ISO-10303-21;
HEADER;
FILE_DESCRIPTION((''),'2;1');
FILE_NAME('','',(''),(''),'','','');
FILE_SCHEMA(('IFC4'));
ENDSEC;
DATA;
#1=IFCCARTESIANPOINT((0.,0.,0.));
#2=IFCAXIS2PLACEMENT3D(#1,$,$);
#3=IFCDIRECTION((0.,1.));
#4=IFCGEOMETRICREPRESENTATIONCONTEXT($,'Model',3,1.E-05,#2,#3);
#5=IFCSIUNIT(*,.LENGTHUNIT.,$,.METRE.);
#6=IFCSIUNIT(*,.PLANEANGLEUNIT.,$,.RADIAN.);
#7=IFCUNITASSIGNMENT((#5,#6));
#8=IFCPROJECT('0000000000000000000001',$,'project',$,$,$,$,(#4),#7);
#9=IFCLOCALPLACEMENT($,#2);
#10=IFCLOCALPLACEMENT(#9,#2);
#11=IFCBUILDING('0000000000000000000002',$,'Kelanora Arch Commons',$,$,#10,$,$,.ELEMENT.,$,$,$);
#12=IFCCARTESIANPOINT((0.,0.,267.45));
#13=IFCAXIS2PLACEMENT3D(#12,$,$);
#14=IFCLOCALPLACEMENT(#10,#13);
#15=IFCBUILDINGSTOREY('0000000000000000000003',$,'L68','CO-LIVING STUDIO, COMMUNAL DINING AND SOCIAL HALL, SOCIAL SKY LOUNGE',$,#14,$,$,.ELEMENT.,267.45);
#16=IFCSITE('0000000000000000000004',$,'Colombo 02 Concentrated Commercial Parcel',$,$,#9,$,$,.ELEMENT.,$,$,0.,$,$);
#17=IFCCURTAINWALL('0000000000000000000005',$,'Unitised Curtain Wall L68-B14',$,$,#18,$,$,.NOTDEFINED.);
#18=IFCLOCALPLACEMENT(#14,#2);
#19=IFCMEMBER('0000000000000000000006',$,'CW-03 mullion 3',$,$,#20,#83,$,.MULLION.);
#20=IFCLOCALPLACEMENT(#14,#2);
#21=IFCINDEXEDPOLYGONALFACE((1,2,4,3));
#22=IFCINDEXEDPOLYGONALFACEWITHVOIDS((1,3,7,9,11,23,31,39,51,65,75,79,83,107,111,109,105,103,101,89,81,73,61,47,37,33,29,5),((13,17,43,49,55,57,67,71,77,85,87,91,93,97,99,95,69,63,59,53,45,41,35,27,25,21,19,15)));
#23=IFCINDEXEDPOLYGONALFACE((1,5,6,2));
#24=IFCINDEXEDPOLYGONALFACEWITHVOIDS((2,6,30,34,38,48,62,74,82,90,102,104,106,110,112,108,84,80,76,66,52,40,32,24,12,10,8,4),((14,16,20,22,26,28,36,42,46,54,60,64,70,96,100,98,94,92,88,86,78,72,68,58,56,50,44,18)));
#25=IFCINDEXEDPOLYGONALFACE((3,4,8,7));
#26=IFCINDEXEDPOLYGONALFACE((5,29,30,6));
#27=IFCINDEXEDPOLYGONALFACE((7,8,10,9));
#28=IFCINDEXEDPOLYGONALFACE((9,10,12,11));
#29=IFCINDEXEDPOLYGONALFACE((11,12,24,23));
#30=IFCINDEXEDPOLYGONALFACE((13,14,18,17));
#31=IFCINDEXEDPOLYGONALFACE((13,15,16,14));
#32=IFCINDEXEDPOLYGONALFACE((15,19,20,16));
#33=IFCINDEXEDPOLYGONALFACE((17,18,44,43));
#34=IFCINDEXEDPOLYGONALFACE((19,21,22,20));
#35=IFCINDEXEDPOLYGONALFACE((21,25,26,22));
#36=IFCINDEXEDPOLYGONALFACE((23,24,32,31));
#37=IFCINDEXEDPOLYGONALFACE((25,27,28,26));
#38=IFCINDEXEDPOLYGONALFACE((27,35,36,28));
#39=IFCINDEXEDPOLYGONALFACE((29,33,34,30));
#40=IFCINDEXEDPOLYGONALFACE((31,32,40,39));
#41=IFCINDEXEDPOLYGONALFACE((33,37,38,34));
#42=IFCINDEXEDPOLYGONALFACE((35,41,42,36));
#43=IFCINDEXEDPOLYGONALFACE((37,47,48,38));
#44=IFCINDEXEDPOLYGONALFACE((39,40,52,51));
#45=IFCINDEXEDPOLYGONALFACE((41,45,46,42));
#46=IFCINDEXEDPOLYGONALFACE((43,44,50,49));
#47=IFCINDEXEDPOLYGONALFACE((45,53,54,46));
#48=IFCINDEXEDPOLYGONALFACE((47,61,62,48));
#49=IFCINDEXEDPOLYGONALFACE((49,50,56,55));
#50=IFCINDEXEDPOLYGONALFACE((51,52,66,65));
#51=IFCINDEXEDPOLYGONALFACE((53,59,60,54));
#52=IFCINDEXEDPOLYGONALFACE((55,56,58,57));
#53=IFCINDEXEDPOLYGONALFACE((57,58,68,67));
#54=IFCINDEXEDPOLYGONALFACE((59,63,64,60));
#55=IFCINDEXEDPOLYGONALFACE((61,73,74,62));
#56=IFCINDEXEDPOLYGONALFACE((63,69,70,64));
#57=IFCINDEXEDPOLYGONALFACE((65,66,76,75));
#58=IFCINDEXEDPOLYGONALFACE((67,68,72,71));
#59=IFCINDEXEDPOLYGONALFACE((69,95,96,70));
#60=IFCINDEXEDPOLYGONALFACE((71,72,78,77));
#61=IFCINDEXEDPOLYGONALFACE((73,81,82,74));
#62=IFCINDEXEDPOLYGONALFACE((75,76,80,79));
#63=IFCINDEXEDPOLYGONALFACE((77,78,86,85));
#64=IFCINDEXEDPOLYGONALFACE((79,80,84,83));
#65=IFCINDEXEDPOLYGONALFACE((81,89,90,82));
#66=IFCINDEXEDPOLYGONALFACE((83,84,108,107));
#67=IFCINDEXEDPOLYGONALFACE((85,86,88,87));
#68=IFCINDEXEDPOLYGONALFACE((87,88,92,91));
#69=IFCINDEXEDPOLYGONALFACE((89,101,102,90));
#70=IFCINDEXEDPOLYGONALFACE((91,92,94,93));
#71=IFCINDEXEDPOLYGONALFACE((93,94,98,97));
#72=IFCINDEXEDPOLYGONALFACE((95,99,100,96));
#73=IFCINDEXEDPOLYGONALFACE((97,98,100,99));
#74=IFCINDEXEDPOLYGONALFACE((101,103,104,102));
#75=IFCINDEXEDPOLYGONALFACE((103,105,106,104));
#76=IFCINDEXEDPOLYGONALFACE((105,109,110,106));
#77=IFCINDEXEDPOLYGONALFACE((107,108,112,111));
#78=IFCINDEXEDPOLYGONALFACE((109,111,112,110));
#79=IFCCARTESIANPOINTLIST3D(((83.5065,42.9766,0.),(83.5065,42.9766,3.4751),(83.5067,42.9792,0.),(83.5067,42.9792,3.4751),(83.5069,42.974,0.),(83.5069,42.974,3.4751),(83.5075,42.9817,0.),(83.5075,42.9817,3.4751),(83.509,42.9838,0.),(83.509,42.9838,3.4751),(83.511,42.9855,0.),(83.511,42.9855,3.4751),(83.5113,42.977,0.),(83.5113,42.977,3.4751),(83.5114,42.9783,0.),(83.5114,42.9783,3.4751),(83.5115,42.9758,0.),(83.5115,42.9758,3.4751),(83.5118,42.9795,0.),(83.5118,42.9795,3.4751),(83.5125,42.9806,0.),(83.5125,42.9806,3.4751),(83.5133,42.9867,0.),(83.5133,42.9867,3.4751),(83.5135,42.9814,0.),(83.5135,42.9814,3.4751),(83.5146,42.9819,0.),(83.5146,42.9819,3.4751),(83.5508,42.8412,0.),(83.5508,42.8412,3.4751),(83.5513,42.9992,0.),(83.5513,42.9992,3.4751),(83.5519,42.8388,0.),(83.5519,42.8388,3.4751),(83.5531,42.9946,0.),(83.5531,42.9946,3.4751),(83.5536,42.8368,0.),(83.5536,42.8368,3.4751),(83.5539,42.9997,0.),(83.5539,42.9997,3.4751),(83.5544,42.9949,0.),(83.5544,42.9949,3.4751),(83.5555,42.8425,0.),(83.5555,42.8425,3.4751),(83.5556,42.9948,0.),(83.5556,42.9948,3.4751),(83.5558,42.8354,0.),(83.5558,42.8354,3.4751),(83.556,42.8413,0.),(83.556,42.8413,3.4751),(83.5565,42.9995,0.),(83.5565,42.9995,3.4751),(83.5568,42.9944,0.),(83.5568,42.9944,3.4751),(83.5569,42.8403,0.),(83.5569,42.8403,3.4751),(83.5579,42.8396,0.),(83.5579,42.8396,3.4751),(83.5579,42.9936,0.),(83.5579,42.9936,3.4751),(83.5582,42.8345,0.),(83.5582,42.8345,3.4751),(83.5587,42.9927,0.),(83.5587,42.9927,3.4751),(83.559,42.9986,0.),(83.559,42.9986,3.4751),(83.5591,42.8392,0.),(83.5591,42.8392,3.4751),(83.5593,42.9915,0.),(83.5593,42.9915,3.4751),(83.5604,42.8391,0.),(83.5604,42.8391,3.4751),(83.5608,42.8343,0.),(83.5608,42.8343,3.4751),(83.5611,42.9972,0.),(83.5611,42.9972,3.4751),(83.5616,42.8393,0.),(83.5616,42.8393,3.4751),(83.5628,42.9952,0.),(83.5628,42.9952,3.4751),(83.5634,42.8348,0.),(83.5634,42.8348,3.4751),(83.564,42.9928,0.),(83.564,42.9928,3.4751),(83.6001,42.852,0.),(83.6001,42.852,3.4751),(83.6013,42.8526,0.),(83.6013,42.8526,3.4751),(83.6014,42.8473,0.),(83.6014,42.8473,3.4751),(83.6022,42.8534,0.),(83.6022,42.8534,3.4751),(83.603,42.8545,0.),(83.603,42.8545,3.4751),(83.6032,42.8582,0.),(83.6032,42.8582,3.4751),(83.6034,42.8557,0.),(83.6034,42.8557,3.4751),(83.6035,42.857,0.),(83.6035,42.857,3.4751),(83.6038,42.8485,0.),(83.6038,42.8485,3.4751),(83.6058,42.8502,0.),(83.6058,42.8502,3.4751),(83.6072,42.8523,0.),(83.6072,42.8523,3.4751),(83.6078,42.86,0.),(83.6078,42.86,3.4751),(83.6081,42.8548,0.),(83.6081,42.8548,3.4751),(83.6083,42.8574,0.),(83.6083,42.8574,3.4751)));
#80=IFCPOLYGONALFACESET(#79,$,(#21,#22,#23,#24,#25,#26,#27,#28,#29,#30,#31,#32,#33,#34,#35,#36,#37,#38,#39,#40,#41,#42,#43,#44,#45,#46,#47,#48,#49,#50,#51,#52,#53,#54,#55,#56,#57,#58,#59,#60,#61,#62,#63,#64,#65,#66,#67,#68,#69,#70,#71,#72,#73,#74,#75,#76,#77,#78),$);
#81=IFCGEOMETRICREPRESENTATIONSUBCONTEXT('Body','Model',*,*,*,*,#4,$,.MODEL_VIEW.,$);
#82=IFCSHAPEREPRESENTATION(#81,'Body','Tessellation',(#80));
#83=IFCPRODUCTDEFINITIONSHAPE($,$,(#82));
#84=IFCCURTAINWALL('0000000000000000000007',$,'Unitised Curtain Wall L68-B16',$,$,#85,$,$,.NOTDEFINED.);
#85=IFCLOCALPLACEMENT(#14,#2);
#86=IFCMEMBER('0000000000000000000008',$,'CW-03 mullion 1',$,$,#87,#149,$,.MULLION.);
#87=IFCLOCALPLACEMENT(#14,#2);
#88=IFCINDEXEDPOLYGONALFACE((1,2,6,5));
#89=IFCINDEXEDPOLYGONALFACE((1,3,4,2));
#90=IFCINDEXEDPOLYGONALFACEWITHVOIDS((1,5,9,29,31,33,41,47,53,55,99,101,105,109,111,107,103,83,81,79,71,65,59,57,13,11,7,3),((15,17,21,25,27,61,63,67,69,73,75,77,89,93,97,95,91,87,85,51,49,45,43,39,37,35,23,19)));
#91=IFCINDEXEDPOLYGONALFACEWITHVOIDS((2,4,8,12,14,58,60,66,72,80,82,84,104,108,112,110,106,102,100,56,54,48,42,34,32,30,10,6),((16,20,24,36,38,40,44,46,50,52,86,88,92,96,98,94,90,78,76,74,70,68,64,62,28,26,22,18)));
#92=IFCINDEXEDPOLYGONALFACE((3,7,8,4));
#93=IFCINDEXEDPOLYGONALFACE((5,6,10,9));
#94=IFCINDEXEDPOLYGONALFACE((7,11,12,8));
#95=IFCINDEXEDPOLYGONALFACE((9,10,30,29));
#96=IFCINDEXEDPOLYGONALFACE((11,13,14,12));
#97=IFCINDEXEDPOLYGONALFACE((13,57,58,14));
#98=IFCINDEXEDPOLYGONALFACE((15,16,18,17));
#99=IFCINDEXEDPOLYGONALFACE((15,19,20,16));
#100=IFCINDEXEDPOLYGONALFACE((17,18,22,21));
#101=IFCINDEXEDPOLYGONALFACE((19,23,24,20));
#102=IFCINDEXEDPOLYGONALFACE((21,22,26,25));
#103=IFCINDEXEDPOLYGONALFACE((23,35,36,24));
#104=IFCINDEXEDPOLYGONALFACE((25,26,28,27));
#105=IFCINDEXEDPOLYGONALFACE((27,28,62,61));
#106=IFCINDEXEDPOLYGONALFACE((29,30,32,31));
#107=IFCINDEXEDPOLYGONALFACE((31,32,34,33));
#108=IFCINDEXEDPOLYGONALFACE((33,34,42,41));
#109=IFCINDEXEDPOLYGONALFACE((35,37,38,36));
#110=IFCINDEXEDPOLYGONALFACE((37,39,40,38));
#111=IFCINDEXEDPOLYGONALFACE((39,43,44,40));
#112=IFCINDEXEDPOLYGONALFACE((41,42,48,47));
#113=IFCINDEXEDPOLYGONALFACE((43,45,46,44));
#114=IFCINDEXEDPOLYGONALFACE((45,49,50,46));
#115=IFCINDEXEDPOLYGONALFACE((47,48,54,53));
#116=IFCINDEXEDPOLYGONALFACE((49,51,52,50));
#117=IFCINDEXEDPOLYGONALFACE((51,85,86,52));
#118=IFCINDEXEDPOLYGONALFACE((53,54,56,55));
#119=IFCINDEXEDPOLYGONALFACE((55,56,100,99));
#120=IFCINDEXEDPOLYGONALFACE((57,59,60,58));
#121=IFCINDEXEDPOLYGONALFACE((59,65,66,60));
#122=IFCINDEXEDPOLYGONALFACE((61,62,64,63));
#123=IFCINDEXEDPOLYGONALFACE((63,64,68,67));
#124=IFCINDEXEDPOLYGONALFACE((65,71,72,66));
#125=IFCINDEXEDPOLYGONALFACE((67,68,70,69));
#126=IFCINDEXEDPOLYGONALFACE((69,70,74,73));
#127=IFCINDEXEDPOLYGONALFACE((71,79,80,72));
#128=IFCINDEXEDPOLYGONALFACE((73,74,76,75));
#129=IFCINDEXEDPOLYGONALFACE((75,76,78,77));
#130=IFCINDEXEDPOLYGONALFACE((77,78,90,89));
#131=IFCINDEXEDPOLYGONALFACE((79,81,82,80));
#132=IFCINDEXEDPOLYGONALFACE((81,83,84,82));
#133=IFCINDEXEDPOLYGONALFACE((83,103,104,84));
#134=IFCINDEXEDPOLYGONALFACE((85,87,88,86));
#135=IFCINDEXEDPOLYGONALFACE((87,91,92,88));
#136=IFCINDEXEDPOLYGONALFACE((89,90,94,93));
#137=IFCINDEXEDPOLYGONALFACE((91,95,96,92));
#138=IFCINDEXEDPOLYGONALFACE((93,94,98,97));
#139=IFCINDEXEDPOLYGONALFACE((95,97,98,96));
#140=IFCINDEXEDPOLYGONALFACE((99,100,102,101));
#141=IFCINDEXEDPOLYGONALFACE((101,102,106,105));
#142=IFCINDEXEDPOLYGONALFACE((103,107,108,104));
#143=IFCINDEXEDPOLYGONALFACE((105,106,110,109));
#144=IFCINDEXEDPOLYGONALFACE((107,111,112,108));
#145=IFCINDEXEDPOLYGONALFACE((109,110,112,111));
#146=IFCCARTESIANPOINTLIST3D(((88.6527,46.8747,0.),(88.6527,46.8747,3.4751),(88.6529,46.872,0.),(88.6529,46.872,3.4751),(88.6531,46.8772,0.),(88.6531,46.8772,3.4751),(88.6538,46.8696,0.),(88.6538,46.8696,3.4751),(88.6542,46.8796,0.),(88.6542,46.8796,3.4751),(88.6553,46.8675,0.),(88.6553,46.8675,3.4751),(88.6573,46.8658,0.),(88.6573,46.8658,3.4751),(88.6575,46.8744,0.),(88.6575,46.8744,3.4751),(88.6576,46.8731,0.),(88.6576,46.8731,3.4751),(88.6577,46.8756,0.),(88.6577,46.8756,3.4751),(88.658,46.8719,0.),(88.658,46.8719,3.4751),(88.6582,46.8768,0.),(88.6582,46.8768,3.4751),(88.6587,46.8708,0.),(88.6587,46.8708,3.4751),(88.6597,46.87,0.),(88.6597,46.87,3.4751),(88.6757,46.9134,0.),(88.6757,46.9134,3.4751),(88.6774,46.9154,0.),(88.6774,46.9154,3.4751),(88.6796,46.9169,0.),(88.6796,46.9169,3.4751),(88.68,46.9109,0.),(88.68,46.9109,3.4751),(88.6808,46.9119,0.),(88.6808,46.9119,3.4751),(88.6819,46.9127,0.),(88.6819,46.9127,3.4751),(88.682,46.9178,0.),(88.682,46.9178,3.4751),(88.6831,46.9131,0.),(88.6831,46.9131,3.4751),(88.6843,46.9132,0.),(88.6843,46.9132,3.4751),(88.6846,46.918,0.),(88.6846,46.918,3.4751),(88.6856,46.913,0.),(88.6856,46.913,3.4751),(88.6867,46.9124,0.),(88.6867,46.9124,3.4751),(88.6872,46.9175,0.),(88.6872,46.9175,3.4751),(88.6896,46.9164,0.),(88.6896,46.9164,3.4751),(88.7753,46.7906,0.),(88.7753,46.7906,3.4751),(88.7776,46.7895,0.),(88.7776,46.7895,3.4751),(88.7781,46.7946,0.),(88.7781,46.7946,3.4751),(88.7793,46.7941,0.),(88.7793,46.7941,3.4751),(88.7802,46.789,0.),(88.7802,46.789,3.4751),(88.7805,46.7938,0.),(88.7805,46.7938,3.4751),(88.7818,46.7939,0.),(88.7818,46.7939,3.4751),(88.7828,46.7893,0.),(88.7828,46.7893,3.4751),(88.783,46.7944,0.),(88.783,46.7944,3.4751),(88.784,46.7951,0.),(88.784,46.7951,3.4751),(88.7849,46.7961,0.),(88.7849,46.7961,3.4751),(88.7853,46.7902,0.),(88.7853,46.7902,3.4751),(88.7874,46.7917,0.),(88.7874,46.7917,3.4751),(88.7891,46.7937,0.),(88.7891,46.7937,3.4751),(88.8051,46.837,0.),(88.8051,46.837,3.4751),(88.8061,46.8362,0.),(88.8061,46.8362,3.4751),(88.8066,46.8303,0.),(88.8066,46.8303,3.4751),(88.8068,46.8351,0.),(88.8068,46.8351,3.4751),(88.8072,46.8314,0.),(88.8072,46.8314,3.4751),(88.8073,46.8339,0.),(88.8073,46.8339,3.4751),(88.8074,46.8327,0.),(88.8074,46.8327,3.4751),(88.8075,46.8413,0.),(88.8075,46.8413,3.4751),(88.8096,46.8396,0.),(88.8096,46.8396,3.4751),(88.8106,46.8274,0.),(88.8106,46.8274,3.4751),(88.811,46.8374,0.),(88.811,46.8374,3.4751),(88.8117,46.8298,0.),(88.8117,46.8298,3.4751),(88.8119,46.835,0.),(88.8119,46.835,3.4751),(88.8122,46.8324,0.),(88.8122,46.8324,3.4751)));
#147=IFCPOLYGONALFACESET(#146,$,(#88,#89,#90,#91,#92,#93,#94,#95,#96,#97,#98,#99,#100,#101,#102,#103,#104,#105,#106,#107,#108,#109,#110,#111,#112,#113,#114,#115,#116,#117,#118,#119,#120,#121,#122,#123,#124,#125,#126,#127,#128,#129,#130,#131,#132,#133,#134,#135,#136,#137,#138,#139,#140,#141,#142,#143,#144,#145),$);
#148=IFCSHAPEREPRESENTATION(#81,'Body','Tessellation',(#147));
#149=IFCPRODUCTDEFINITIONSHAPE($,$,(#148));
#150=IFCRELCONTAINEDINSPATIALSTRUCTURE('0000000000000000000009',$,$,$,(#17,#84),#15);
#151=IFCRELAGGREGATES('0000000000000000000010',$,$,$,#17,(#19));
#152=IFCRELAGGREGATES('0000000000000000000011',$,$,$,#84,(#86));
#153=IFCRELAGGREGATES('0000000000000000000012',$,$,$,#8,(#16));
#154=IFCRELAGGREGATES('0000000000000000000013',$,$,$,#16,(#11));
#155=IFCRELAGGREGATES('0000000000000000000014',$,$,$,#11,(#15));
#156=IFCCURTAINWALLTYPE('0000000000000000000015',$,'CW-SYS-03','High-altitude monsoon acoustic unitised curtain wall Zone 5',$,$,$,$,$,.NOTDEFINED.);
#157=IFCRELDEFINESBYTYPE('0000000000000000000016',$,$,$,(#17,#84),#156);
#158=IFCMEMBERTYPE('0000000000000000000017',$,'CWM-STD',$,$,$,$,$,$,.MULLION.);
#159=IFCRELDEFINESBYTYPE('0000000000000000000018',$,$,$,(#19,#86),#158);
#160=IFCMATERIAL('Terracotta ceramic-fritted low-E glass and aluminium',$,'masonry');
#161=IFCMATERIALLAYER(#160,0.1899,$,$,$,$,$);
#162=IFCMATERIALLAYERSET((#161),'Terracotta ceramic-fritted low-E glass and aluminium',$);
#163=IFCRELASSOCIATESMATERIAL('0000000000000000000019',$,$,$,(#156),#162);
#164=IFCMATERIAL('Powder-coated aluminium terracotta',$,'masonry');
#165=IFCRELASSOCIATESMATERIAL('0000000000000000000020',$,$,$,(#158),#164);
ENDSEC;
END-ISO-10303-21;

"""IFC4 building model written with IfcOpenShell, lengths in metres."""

from ifc_helpers import new_model, si_unit, direction, frame, origin, origin_2d, place, context, subcontext, project, spatial, hollow_rectangle, extrude, material, layer, layer_set, material_profile, profile_set, type_object, element, aggregate, save


model = new_model("IFC4")

# Units and contexts
model_context = context("Model", 3, precision=1e-05, world=origin(), true_north=direction((0.0, 1.0)))
body_context = subcontext(model_context, "Body", "Model", "MODEL_VIEW")
ifc_project = project(units=[si_unit("LENGTHUNIT", "METRE"), si_unit("PLANEANGLEUNIT", "RADIAN")], contexts=[model_context])

# Site, building, storey
site_placement = place(None, origin())
site = spatial("IfcSite", under=ifc_project, at=site_placement, Name="Colombo 02 Concentrated Commercial Parcel", CompositionType="ELEMENT", RefElevation=0.0)
building_placement = place(site_placement, origin())
building = spatial("IfcBuilding", under=site, at=building_placement, Name="Kelanora Arch Commons", CompositionType="ELEMENT")
storey_placement = place(building_placement, frame((0.0, 0.0, 267.45)))
storey = spatial("IfcBuildingStorey", under=building, at=storey_placement, Name="L68", Description="CO-LIVING STUDIO, COMMUNAL DINING AND SOCIAL HALL, SOCIAL SKY LOUNGE", CompositionType="ELEMENT", Elevation=267.45)

# Curtain wall, member
ifc_material_1 = material(Name="Terracotta ceramic-fritted low-E glass and aluminium", Category="masonry")
ifc_layer_1 = layer(ifc_material_1, 0.1899)
ifc_layer_set_1 = layer_set([ifc_layer_1], Name="Terracotta ceramic-fritted low-E glass and aluminium")
curtain_wall_type = type_object("IfcCurtainWallType", Name="CW-SYS-03", Description="High-altitude monsoon acoustic unitised curtain wall Zone 5", PredefinedType="NOTDEFINED", material=ifc_layer_set_1)
curtain_wall_1_placement = place(storey_placement, origin())
curtain_wall_1 = element("IfcCurtainWall", 1, at=curtain_wall_1_placement, inside=storey, type_object=curtain_wall_type, Name="Unitised Curtain Wall L68-B14", PredefinedType="NOTDEFINED")
ifc_material_2 = material(Name="Powder-coated aluminium terracotta", Category="masonry")
ifc_material_profile_1 = material_profile(ifc_material_2, hollow_rectangle(XDim=0.1599, YDim=0.0601, WallThickness=0.0049, InnerFilletRadius=0.0049, OuterFilletRadius=0.01, at=origin_2d()), Name="CWM160x60")
ifc_profile_set_1 = profile_set([ifc_material_profile_1], Name="Powder-coated aluminium terracotta")
member_type_1 = type_object("IfcMemberType", Name="CWM-STD", PredefinedType="MULLION", material=ifc_profile_set_1)
member_1_placement = place(storey_placement, frame((83.5574, 42.917, 0.0), z_axis=(0.0, 0.0, 1.0), x_axis=(-0.313253, 0.94967, 0.0)))
member_1 = element("IfcMember", 2, at=member_1_placement, type_object=member_type_1, Name="CW-03 mullion 3", PredefinedType="MULLION", context=body_context, shape_type="SweptSolid", body=[
    extrude(hollow_rectangle(XDim=0.1599, YDim=0.0601, WallThickness=0.0049, InnerFilletRadius=0.0049, OuterFilletRadius=0.01, at=origin_2d()), origin(), (0.0, 0.0, 1.0), 3.4751),
])
aggregate(curtain_wall_1, [member_1])

# Curtain wall, member
curtain_wall_2_placement = place(storey_placement, origin())
curtain_wall_2 = element("IfcCurtainWall", 3, at=curtain_wall_2_placement, inside=storey, type_object=curtain_wall_type, Name="Unitised Curtain Wall L68-B16", PredefinedType="NOTDEFINED")
member_2_placement = place(storey_placement, frame((88.7324, 46.8535, 0.0), z_axis=(0.0, 0.0, 1.0), x_axis=(-0.843391, 0.5373, 0.0)))
member_2 = element("IfcMember", 4, at=member_2_placement, type_object=member_type_1, Name="CW-03 mullion 1", PredefinedType="MULLION", context=body_context, shape_type="SweptSolid", body=[
    extrude(hollow_rectangle(XDim=0.1599, YDim=0.0601, WallThickness=0.0049, InnerFilletRadius=0.0049, OuterFilletRadius=0.01, at=origin_2d()), origin(), (0.0, 0.0, 1.0), 3.4751),
])
aggregate(curtain_wall_2, [member_2])

save(model, "model.ifc")
